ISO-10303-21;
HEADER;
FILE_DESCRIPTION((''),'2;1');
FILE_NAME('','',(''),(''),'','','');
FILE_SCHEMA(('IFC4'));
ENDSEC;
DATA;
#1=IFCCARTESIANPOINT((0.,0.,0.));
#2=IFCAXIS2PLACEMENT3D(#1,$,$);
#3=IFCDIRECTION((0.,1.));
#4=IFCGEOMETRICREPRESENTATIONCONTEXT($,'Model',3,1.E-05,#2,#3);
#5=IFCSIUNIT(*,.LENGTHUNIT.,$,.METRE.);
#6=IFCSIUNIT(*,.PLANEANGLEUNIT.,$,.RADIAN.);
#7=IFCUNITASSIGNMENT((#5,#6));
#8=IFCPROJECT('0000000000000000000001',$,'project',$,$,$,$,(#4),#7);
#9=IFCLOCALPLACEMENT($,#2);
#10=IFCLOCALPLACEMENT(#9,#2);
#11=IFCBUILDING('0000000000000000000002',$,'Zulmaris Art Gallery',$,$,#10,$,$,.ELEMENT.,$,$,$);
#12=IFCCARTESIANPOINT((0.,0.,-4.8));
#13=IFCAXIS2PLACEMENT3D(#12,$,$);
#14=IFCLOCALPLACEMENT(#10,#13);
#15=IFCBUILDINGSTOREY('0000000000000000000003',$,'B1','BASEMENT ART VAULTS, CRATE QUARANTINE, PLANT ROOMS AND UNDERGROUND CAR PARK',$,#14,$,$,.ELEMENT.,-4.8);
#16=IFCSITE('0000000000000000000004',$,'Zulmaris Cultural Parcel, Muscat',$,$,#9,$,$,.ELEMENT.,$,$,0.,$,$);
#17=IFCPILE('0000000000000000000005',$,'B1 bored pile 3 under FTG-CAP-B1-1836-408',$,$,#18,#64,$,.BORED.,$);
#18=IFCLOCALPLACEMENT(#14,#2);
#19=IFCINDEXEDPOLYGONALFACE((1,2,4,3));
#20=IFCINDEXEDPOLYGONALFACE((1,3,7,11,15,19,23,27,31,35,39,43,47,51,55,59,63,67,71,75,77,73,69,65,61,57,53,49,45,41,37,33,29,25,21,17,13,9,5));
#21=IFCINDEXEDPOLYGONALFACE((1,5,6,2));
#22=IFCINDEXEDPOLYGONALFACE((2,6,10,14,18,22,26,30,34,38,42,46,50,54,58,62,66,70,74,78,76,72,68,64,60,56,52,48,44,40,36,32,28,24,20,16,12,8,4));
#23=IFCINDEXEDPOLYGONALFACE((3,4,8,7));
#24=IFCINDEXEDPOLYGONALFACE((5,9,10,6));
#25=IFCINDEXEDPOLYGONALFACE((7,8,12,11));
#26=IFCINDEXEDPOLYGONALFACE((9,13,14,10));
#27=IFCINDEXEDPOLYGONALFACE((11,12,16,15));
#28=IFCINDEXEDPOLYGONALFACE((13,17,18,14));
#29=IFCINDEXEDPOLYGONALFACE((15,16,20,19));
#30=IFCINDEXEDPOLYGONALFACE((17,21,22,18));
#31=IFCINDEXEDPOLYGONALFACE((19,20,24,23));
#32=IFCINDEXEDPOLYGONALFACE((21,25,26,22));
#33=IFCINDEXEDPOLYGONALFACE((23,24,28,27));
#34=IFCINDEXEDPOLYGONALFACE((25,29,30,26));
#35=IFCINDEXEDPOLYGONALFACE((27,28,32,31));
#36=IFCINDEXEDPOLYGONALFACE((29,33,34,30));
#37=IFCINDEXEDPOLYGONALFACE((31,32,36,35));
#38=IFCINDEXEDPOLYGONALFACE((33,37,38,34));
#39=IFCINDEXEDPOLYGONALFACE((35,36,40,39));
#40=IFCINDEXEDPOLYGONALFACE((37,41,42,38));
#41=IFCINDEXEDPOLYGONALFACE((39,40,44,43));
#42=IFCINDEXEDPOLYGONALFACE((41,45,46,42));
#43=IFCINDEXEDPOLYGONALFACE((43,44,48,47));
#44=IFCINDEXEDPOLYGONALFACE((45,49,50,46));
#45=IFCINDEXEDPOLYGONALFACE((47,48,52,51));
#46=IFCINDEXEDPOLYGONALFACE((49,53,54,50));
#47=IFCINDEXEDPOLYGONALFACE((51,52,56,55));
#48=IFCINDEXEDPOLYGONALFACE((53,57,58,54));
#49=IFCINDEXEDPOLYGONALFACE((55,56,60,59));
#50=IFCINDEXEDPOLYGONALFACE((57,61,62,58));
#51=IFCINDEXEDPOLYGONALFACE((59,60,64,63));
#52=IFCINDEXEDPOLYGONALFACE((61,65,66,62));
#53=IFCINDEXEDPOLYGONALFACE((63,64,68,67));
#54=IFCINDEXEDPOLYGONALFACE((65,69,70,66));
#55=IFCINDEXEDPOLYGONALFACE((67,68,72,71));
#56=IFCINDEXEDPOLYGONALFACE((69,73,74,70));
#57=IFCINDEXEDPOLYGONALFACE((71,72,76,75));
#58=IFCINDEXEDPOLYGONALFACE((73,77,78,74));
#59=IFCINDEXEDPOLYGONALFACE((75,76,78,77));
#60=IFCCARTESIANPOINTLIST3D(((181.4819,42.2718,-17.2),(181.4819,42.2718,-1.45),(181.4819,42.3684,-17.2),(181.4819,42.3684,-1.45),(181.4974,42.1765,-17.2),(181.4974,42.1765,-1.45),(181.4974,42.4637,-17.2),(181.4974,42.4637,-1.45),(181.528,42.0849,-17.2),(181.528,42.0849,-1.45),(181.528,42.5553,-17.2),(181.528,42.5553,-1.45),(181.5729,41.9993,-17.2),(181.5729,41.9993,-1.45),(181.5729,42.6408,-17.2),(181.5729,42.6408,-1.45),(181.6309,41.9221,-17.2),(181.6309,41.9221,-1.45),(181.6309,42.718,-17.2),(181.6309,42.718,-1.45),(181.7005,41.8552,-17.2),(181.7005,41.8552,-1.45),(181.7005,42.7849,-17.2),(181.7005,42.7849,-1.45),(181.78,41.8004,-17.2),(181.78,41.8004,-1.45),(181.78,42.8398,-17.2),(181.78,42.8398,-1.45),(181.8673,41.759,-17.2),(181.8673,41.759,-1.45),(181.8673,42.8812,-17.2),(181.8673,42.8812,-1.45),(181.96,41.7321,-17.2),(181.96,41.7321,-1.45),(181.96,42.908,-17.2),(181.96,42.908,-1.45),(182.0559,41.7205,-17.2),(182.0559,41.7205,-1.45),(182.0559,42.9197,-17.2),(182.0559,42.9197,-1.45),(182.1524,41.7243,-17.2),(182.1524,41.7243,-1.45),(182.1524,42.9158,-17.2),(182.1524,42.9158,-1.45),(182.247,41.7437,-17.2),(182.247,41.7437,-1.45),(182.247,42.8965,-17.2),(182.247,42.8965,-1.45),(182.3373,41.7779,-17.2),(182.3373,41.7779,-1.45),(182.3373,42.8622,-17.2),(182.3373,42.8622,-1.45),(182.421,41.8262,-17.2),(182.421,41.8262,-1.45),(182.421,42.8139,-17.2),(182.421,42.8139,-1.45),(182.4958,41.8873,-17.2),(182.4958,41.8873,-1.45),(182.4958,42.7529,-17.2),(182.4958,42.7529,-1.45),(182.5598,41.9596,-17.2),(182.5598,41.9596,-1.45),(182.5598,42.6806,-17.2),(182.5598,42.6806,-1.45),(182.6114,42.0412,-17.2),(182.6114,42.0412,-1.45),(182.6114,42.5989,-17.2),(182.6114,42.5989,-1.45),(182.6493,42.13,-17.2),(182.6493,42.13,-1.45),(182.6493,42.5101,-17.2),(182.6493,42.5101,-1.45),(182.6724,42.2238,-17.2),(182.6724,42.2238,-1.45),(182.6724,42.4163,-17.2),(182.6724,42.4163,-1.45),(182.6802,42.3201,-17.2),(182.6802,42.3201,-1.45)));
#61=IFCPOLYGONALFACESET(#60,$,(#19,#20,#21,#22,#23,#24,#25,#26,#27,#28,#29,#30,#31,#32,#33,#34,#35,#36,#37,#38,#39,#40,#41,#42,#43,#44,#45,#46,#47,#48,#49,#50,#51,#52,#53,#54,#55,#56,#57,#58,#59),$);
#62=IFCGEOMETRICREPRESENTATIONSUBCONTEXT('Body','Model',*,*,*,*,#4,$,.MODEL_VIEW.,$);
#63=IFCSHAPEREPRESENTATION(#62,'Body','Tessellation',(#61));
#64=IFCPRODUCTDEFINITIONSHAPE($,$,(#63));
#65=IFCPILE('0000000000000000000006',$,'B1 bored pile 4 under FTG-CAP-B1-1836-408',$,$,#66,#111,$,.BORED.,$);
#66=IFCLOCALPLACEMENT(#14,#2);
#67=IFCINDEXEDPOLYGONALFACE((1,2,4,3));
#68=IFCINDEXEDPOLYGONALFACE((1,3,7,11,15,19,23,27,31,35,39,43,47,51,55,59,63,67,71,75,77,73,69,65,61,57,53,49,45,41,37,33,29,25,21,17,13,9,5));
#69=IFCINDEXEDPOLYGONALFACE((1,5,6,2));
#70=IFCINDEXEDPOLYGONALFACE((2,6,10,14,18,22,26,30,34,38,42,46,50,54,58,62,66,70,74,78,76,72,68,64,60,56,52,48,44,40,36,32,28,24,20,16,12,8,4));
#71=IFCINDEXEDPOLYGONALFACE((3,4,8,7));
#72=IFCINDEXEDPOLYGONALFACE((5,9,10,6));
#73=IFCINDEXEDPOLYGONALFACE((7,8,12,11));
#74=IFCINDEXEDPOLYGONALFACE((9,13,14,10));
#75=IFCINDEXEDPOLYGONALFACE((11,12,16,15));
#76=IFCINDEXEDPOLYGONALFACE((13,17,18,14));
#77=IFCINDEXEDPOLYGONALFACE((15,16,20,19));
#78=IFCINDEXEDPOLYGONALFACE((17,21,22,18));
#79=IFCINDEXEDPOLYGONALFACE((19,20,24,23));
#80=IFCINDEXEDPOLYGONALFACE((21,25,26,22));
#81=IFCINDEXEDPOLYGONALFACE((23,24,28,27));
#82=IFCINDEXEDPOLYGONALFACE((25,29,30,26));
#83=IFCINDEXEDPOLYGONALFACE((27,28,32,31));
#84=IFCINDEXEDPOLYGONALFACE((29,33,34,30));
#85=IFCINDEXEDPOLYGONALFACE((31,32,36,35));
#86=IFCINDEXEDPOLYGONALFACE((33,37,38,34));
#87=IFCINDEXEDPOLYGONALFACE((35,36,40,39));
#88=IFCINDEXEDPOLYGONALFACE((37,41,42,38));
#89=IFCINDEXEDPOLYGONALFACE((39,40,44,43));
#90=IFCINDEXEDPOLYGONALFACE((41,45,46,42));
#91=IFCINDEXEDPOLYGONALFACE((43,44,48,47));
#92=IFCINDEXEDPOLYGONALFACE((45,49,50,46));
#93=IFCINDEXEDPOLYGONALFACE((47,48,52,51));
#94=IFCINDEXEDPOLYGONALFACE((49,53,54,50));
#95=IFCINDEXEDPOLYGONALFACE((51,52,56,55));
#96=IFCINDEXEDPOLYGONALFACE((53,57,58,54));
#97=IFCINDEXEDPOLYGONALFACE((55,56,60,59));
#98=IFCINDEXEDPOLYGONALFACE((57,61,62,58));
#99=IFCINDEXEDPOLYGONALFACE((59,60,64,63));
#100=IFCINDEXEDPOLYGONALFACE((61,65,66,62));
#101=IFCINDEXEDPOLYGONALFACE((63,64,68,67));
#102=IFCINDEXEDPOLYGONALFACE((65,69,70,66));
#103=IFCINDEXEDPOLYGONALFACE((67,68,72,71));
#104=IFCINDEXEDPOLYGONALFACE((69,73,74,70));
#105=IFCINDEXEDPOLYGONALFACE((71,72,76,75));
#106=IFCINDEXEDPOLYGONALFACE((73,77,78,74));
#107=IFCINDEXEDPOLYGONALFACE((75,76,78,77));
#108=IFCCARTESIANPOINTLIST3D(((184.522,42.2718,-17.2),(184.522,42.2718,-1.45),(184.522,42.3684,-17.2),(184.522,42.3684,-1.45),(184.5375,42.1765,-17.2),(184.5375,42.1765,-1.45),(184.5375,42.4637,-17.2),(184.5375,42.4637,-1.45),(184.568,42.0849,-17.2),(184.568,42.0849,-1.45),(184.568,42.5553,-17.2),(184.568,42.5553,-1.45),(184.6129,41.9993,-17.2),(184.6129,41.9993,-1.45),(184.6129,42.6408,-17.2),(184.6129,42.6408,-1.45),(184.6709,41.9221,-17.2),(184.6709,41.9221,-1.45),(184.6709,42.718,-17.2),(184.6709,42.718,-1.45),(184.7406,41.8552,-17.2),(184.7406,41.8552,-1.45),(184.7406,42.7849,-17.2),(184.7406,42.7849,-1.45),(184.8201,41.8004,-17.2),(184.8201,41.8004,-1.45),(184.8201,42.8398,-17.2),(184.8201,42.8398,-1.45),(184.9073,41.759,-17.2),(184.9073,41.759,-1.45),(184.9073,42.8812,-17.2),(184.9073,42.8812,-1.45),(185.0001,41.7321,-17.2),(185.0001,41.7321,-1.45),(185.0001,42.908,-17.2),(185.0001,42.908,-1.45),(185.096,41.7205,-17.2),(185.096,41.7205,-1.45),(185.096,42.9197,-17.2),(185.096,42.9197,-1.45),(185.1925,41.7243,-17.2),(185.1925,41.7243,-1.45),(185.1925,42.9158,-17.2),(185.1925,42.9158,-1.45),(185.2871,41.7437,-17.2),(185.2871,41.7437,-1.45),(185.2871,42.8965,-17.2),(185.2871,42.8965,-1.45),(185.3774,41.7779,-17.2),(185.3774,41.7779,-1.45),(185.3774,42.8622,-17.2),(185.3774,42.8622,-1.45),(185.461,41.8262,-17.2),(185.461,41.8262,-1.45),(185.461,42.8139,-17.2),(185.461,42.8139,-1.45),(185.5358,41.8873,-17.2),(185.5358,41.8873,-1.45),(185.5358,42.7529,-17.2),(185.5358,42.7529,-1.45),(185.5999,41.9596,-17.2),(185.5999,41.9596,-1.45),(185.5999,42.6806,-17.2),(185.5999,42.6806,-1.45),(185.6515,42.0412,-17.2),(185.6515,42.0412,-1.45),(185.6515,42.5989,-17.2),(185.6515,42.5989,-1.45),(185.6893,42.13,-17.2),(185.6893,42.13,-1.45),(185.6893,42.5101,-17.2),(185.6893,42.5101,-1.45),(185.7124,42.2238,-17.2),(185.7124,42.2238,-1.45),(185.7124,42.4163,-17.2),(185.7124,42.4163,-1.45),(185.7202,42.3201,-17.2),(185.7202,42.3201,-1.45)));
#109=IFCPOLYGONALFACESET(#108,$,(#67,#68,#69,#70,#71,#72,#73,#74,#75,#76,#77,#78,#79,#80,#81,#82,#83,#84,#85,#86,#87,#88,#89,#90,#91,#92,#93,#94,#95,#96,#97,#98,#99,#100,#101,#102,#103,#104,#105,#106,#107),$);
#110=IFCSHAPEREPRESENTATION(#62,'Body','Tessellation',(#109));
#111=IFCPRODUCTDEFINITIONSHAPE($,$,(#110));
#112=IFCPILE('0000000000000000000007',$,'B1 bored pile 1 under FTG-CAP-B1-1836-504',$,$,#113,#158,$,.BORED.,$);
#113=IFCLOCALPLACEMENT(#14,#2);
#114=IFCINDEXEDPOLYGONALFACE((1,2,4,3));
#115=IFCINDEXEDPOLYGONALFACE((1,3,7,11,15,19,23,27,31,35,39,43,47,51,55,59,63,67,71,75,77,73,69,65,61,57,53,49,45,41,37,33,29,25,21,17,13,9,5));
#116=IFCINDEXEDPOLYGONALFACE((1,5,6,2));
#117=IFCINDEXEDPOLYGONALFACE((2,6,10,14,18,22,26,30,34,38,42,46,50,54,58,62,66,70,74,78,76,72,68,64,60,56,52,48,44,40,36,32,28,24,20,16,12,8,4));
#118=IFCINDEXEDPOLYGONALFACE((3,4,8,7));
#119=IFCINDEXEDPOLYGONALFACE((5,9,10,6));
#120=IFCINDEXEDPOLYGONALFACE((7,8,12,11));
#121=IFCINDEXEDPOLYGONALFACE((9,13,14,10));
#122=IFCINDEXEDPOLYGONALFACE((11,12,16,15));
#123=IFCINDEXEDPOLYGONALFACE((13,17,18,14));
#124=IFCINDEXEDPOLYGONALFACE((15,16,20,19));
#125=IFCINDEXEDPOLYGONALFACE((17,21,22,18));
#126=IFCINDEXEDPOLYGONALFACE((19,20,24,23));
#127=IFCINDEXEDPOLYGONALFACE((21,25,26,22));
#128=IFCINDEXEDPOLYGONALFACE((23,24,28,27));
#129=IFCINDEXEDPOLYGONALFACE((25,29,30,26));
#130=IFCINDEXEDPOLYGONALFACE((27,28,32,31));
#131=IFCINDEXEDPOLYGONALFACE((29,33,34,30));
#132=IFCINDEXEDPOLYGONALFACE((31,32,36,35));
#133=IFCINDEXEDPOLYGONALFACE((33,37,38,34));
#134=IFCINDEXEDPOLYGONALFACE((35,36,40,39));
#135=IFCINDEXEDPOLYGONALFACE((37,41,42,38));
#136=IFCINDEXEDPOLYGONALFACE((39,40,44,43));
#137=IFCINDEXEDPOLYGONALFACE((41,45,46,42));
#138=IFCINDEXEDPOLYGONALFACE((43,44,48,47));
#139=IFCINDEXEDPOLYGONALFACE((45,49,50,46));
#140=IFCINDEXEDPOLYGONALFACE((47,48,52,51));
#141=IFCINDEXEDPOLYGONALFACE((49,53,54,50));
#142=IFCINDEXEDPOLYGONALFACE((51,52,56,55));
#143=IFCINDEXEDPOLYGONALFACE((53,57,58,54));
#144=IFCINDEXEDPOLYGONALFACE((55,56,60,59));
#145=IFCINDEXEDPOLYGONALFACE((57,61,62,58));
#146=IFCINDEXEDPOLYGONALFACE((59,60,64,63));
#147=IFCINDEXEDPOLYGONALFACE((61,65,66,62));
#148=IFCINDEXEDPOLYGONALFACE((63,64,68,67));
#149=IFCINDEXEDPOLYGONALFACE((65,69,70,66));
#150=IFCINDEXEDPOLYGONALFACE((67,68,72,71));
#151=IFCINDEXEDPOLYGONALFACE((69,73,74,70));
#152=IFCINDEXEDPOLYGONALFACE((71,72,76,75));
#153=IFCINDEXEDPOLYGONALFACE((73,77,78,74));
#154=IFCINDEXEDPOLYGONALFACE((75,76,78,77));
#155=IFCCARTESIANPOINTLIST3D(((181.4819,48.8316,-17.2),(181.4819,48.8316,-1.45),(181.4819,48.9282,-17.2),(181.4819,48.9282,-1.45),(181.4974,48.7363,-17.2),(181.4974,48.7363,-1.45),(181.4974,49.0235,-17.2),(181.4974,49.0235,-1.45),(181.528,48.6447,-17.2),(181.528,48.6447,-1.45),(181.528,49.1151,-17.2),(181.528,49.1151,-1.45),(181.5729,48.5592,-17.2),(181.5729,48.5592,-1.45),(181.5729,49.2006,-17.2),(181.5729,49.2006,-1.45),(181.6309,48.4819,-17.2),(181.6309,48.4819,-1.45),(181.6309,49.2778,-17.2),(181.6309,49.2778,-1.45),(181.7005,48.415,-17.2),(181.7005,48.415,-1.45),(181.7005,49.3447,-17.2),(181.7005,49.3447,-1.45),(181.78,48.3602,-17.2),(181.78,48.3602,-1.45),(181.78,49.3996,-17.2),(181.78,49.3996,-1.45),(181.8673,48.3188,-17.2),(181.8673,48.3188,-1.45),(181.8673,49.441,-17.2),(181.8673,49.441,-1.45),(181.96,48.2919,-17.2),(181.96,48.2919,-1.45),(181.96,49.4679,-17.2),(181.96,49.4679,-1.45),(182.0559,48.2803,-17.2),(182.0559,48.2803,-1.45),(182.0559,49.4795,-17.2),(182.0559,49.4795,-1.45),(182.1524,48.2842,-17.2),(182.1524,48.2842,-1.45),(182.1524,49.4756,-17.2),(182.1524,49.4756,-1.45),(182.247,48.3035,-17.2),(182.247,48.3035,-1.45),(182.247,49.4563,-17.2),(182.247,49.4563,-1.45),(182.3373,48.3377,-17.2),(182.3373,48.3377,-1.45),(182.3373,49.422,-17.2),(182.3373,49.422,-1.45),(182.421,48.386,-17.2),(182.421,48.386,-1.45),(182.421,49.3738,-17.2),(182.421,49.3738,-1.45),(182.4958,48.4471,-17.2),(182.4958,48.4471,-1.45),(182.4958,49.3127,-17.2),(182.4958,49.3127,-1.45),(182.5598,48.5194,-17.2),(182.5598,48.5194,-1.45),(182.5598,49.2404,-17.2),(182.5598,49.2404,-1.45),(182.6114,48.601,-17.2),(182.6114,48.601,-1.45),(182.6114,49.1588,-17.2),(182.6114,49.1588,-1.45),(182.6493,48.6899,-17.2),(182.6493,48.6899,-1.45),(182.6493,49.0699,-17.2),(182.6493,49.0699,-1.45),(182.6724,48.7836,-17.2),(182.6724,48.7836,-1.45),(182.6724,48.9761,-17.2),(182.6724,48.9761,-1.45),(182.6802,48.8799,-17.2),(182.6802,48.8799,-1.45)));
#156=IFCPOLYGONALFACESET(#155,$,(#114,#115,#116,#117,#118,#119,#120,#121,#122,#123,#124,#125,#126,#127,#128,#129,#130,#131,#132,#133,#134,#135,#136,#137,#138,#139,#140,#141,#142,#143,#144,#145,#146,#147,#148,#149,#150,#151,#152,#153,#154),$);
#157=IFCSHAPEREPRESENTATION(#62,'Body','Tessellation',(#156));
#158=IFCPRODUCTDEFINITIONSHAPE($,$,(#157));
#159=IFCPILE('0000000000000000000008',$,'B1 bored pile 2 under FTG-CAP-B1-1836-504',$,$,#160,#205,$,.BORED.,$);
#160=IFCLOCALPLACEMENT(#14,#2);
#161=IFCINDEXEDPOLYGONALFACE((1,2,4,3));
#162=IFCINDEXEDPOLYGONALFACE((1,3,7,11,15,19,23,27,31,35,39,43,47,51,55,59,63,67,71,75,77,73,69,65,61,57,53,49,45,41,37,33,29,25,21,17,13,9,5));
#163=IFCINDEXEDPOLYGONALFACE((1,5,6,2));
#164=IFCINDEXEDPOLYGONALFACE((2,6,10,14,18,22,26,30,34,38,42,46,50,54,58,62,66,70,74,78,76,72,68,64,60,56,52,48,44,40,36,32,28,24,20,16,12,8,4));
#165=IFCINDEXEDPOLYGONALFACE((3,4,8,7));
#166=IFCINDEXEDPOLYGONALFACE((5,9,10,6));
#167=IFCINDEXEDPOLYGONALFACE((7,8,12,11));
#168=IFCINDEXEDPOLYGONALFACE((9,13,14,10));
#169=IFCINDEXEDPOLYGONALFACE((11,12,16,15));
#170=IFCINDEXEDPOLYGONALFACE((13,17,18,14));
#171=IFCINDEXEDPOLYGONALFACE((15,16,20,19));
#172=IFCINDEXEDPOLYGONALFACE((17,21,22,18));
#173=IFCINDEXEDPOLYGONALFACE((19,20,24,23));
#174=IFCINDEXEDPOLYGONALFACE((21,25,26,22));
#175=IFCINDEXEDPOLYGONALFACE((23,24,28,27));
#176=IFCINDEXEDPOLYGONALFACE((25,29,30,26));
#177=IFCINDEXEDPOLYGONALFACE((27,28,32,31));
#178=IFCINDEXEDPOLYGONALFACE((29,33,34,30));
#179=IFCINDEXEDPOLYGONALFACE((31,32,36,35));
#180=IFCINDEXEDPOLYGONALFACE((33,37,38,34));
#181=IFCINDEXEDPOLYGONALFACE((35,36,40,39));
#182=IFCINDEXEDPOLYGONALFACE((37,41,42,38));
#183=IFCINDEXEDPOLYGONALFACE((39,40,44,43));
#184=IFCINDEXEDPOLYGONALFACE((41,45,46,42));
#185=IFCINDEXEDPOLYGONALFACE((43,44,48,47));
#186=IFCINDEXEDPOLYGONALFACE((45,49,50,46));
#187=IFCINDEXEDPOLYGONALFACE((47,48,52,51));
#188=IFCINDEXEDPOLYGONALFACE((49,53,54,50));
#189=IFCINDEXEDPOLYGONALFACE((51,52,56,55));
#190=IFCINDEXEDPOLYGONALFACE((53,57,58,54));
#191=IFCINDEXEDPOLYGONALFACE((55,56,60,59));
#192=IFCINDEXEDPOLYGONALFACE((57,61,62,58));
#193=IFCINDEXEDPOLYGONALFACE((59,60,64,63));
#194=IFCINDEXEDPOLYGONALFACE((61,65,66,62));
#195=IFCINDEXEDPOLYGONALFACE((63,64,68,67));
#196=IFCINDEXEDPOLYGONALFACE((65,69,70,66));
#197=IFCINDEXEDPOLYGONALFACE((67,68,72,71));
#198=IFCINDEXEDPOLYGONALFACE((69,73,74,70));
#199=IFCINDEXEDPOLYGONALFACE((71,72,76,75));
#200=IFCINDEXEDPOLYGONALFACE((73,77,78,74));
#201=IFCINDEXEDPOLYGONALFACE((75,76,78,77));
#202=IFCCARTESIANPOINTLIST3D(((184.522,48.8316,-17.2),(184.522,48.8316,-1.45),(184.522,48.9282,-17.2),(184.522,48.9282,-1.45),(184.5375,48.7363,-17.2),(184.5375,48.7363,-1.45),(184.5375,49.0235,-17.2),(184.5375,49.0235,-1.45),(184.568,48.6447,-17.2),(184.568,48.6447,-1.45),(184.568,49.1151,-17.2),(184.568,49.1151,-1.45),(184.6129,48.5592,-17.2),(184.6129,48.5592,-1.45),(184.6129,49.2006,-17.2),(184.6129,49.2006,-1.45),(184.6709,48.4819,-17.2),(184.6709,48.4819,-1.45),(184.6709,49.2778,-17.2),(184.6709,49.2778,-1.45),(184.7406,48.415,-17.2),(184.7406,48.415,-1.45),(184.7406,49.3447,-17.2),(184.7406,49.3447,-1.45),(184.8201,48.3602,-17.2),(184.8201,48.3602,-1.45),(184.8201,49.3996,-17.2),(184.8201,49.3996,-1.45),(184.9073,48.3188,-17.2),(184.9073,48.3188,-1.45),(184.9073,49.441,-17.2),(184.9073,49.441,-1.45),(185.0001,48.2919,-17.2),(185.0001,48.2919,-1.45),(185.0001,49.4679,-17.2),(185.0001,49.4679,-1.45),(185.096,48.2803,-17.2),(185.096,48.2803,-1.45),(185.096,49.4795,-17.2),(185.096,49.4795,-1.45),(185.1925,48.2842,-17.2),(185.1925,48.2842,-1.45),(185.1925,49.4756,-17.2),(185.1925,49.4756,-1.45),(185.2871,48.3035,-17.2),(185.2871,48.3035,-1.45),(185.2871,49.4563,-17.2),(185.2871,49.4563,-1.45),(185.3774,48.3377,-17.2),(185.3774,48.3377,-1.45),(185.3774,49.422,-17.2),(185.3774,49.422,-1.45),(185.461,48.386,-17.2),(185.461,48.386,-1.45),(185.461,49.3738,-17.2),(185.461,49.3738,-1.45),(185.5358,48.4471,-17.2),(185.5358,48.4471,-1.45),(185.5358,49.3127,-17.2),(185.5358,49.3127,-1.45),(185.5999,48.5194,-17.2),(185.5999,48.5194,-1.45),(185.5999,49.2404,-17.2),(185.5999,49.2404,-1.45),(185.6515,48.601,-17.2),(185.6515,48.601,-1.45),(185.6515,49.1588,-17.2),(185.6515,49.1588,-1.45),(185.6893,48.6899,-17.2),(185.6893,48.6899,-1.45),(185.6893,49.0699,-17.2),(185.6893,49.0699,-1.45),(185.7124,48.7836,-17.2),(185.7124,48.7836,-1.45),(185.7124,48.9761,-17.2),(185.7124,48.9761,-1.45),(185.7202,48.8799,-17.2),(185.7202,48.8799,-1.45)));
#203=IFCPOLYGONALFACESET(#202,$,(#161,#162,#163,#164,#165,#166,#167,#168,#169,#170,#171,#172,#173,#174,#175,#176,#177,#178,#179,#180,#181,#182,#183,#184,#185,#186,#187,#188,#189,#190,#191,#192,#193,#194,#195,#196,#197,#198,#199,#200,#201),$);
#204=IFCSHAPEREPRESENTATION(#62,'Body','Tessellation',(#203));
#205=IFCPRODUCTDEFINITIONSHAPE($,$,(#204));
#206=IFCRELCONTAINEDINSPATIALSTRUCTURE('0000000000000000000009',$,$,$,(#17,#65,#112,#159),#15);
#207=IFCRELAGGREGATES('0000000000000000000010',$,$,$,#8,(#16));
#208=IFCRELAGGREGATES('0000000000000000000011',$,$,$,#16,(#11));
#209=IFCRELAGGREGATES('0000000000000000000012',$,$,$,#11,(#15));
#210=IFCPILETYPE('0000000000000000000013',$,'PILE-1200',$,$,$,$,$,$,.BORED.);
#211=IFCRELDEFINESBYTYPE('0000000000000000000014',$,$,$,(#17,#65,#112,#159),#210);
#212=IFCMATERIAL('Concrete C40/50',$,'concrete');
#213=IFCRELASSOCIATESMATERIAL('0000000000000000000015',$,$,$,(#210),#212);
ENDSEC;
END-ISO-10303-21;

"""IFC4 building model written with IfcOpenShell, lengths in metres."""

from ifc_helpers import new_model, si_unit, direction, frame, origin, origin_2d, place, context, subcontext, project, spatial, circle, extrude, material, material_profile, profile_set, type_object, element, save


model = new_model("IFC4")

# Units and contexts
model_context = context("Model", 3, precision=1e-05, world=origin(), true_north=direction((0.0, 1.0)))
body_context = subcontext(model_context, "Body", "Model", "MODEL_VIEW")
ifc_project = project(units=[si_unit("LENGTHUNIT", "METRE"), si_unit("PLANEANGLEUNIT", "RADIAN")], contexts=[model_context])

# Site, building, storey
site_placement = place(None, origin())
site = spatial("IfcSite", under=ifc_project, at=site_placement, Name="Zulmaris Cultural Parcel, Muscat", CompositionType="ELEMENT", RefElevation=0.0)
building_placement = place(site_placement, origin())
building = spatial("IfcBuilding", under=site, at=building_placement, Name="Zulmaris Art Gallery", CompositionType="ELEMENT")
storey_placement = place(building_placement, frame((0.0, 0.0, -4.8)))
storey = spatial("IfcBuildingStorey", under=building, at=storey_placement, Name="B1", Description="BASEMENT ART VAULTS, CRATE QUARANTINE, PLANT ROOMS AND UNDERGROUND CAR PARK", CompositionType="ELEMENT", Elevation=-4.8)

# Piles
ifc_material_1 = material(Name="Concrete C40/50", Category="concrete")
ifc_material_profile_1 = material_profile(ifc_material_1, circle(Radius=0.6001, at=origin_2d()), Name="PILE DIA 1200")
ifc_profile_set_1 = profile_set([ifc_material_profile_1], Name="Concrete C40/50")
pile_type = type_object("IfcPileType", Name="PILE-1200", PredefinedType="BORED", material=ifc_profile_set_1)
for number, where, z_axis, x_axis, name in (
    (1, (182.0801, 42.3201, -1.45), (0.0, 0.0, -1.0), (1.0, 0.0, 0.0), "B1 bored pile 3 under FTG-CAP-B1-1836-408"),
    (2, (185.1201, 42.3201, -1.45), (0.0, 0.0, -1.0), (1.0, 0.0, 0.0), "B1 bored pile 4 under FTG-CAP-B1-1836-408"),
    (3, (182.0801, 48.8799, -1.45), (0.0, 0.0, -1.0), (1.0, 0.0, 0.0), "B1 bored pile 1 under FTG-CAP-B1-1836-504"),
    (4, (185.1201, 48.8799, -1.45), (0.0, 0.0, -1.0), (1.0, 0.0, 0.0), "B1 bored pile 2 under FTG-CAP-B1-1836-504"),
):
    element("IfcPile", number, at=place(storey_placement, frame(where, z_axis=z_axis, x_axis=x_axis)), inside=storey, type_object=pile_type, Name=name, PredefinedType="BORED", context=body_context, shape_type="SweptSolid", body=[
        extrude(circle(Radius=0.6001, at=origin_2d()), origin(), (0.0, 0.0, 1.0), 15.75),
    ])

save(model, "model.ifc")
